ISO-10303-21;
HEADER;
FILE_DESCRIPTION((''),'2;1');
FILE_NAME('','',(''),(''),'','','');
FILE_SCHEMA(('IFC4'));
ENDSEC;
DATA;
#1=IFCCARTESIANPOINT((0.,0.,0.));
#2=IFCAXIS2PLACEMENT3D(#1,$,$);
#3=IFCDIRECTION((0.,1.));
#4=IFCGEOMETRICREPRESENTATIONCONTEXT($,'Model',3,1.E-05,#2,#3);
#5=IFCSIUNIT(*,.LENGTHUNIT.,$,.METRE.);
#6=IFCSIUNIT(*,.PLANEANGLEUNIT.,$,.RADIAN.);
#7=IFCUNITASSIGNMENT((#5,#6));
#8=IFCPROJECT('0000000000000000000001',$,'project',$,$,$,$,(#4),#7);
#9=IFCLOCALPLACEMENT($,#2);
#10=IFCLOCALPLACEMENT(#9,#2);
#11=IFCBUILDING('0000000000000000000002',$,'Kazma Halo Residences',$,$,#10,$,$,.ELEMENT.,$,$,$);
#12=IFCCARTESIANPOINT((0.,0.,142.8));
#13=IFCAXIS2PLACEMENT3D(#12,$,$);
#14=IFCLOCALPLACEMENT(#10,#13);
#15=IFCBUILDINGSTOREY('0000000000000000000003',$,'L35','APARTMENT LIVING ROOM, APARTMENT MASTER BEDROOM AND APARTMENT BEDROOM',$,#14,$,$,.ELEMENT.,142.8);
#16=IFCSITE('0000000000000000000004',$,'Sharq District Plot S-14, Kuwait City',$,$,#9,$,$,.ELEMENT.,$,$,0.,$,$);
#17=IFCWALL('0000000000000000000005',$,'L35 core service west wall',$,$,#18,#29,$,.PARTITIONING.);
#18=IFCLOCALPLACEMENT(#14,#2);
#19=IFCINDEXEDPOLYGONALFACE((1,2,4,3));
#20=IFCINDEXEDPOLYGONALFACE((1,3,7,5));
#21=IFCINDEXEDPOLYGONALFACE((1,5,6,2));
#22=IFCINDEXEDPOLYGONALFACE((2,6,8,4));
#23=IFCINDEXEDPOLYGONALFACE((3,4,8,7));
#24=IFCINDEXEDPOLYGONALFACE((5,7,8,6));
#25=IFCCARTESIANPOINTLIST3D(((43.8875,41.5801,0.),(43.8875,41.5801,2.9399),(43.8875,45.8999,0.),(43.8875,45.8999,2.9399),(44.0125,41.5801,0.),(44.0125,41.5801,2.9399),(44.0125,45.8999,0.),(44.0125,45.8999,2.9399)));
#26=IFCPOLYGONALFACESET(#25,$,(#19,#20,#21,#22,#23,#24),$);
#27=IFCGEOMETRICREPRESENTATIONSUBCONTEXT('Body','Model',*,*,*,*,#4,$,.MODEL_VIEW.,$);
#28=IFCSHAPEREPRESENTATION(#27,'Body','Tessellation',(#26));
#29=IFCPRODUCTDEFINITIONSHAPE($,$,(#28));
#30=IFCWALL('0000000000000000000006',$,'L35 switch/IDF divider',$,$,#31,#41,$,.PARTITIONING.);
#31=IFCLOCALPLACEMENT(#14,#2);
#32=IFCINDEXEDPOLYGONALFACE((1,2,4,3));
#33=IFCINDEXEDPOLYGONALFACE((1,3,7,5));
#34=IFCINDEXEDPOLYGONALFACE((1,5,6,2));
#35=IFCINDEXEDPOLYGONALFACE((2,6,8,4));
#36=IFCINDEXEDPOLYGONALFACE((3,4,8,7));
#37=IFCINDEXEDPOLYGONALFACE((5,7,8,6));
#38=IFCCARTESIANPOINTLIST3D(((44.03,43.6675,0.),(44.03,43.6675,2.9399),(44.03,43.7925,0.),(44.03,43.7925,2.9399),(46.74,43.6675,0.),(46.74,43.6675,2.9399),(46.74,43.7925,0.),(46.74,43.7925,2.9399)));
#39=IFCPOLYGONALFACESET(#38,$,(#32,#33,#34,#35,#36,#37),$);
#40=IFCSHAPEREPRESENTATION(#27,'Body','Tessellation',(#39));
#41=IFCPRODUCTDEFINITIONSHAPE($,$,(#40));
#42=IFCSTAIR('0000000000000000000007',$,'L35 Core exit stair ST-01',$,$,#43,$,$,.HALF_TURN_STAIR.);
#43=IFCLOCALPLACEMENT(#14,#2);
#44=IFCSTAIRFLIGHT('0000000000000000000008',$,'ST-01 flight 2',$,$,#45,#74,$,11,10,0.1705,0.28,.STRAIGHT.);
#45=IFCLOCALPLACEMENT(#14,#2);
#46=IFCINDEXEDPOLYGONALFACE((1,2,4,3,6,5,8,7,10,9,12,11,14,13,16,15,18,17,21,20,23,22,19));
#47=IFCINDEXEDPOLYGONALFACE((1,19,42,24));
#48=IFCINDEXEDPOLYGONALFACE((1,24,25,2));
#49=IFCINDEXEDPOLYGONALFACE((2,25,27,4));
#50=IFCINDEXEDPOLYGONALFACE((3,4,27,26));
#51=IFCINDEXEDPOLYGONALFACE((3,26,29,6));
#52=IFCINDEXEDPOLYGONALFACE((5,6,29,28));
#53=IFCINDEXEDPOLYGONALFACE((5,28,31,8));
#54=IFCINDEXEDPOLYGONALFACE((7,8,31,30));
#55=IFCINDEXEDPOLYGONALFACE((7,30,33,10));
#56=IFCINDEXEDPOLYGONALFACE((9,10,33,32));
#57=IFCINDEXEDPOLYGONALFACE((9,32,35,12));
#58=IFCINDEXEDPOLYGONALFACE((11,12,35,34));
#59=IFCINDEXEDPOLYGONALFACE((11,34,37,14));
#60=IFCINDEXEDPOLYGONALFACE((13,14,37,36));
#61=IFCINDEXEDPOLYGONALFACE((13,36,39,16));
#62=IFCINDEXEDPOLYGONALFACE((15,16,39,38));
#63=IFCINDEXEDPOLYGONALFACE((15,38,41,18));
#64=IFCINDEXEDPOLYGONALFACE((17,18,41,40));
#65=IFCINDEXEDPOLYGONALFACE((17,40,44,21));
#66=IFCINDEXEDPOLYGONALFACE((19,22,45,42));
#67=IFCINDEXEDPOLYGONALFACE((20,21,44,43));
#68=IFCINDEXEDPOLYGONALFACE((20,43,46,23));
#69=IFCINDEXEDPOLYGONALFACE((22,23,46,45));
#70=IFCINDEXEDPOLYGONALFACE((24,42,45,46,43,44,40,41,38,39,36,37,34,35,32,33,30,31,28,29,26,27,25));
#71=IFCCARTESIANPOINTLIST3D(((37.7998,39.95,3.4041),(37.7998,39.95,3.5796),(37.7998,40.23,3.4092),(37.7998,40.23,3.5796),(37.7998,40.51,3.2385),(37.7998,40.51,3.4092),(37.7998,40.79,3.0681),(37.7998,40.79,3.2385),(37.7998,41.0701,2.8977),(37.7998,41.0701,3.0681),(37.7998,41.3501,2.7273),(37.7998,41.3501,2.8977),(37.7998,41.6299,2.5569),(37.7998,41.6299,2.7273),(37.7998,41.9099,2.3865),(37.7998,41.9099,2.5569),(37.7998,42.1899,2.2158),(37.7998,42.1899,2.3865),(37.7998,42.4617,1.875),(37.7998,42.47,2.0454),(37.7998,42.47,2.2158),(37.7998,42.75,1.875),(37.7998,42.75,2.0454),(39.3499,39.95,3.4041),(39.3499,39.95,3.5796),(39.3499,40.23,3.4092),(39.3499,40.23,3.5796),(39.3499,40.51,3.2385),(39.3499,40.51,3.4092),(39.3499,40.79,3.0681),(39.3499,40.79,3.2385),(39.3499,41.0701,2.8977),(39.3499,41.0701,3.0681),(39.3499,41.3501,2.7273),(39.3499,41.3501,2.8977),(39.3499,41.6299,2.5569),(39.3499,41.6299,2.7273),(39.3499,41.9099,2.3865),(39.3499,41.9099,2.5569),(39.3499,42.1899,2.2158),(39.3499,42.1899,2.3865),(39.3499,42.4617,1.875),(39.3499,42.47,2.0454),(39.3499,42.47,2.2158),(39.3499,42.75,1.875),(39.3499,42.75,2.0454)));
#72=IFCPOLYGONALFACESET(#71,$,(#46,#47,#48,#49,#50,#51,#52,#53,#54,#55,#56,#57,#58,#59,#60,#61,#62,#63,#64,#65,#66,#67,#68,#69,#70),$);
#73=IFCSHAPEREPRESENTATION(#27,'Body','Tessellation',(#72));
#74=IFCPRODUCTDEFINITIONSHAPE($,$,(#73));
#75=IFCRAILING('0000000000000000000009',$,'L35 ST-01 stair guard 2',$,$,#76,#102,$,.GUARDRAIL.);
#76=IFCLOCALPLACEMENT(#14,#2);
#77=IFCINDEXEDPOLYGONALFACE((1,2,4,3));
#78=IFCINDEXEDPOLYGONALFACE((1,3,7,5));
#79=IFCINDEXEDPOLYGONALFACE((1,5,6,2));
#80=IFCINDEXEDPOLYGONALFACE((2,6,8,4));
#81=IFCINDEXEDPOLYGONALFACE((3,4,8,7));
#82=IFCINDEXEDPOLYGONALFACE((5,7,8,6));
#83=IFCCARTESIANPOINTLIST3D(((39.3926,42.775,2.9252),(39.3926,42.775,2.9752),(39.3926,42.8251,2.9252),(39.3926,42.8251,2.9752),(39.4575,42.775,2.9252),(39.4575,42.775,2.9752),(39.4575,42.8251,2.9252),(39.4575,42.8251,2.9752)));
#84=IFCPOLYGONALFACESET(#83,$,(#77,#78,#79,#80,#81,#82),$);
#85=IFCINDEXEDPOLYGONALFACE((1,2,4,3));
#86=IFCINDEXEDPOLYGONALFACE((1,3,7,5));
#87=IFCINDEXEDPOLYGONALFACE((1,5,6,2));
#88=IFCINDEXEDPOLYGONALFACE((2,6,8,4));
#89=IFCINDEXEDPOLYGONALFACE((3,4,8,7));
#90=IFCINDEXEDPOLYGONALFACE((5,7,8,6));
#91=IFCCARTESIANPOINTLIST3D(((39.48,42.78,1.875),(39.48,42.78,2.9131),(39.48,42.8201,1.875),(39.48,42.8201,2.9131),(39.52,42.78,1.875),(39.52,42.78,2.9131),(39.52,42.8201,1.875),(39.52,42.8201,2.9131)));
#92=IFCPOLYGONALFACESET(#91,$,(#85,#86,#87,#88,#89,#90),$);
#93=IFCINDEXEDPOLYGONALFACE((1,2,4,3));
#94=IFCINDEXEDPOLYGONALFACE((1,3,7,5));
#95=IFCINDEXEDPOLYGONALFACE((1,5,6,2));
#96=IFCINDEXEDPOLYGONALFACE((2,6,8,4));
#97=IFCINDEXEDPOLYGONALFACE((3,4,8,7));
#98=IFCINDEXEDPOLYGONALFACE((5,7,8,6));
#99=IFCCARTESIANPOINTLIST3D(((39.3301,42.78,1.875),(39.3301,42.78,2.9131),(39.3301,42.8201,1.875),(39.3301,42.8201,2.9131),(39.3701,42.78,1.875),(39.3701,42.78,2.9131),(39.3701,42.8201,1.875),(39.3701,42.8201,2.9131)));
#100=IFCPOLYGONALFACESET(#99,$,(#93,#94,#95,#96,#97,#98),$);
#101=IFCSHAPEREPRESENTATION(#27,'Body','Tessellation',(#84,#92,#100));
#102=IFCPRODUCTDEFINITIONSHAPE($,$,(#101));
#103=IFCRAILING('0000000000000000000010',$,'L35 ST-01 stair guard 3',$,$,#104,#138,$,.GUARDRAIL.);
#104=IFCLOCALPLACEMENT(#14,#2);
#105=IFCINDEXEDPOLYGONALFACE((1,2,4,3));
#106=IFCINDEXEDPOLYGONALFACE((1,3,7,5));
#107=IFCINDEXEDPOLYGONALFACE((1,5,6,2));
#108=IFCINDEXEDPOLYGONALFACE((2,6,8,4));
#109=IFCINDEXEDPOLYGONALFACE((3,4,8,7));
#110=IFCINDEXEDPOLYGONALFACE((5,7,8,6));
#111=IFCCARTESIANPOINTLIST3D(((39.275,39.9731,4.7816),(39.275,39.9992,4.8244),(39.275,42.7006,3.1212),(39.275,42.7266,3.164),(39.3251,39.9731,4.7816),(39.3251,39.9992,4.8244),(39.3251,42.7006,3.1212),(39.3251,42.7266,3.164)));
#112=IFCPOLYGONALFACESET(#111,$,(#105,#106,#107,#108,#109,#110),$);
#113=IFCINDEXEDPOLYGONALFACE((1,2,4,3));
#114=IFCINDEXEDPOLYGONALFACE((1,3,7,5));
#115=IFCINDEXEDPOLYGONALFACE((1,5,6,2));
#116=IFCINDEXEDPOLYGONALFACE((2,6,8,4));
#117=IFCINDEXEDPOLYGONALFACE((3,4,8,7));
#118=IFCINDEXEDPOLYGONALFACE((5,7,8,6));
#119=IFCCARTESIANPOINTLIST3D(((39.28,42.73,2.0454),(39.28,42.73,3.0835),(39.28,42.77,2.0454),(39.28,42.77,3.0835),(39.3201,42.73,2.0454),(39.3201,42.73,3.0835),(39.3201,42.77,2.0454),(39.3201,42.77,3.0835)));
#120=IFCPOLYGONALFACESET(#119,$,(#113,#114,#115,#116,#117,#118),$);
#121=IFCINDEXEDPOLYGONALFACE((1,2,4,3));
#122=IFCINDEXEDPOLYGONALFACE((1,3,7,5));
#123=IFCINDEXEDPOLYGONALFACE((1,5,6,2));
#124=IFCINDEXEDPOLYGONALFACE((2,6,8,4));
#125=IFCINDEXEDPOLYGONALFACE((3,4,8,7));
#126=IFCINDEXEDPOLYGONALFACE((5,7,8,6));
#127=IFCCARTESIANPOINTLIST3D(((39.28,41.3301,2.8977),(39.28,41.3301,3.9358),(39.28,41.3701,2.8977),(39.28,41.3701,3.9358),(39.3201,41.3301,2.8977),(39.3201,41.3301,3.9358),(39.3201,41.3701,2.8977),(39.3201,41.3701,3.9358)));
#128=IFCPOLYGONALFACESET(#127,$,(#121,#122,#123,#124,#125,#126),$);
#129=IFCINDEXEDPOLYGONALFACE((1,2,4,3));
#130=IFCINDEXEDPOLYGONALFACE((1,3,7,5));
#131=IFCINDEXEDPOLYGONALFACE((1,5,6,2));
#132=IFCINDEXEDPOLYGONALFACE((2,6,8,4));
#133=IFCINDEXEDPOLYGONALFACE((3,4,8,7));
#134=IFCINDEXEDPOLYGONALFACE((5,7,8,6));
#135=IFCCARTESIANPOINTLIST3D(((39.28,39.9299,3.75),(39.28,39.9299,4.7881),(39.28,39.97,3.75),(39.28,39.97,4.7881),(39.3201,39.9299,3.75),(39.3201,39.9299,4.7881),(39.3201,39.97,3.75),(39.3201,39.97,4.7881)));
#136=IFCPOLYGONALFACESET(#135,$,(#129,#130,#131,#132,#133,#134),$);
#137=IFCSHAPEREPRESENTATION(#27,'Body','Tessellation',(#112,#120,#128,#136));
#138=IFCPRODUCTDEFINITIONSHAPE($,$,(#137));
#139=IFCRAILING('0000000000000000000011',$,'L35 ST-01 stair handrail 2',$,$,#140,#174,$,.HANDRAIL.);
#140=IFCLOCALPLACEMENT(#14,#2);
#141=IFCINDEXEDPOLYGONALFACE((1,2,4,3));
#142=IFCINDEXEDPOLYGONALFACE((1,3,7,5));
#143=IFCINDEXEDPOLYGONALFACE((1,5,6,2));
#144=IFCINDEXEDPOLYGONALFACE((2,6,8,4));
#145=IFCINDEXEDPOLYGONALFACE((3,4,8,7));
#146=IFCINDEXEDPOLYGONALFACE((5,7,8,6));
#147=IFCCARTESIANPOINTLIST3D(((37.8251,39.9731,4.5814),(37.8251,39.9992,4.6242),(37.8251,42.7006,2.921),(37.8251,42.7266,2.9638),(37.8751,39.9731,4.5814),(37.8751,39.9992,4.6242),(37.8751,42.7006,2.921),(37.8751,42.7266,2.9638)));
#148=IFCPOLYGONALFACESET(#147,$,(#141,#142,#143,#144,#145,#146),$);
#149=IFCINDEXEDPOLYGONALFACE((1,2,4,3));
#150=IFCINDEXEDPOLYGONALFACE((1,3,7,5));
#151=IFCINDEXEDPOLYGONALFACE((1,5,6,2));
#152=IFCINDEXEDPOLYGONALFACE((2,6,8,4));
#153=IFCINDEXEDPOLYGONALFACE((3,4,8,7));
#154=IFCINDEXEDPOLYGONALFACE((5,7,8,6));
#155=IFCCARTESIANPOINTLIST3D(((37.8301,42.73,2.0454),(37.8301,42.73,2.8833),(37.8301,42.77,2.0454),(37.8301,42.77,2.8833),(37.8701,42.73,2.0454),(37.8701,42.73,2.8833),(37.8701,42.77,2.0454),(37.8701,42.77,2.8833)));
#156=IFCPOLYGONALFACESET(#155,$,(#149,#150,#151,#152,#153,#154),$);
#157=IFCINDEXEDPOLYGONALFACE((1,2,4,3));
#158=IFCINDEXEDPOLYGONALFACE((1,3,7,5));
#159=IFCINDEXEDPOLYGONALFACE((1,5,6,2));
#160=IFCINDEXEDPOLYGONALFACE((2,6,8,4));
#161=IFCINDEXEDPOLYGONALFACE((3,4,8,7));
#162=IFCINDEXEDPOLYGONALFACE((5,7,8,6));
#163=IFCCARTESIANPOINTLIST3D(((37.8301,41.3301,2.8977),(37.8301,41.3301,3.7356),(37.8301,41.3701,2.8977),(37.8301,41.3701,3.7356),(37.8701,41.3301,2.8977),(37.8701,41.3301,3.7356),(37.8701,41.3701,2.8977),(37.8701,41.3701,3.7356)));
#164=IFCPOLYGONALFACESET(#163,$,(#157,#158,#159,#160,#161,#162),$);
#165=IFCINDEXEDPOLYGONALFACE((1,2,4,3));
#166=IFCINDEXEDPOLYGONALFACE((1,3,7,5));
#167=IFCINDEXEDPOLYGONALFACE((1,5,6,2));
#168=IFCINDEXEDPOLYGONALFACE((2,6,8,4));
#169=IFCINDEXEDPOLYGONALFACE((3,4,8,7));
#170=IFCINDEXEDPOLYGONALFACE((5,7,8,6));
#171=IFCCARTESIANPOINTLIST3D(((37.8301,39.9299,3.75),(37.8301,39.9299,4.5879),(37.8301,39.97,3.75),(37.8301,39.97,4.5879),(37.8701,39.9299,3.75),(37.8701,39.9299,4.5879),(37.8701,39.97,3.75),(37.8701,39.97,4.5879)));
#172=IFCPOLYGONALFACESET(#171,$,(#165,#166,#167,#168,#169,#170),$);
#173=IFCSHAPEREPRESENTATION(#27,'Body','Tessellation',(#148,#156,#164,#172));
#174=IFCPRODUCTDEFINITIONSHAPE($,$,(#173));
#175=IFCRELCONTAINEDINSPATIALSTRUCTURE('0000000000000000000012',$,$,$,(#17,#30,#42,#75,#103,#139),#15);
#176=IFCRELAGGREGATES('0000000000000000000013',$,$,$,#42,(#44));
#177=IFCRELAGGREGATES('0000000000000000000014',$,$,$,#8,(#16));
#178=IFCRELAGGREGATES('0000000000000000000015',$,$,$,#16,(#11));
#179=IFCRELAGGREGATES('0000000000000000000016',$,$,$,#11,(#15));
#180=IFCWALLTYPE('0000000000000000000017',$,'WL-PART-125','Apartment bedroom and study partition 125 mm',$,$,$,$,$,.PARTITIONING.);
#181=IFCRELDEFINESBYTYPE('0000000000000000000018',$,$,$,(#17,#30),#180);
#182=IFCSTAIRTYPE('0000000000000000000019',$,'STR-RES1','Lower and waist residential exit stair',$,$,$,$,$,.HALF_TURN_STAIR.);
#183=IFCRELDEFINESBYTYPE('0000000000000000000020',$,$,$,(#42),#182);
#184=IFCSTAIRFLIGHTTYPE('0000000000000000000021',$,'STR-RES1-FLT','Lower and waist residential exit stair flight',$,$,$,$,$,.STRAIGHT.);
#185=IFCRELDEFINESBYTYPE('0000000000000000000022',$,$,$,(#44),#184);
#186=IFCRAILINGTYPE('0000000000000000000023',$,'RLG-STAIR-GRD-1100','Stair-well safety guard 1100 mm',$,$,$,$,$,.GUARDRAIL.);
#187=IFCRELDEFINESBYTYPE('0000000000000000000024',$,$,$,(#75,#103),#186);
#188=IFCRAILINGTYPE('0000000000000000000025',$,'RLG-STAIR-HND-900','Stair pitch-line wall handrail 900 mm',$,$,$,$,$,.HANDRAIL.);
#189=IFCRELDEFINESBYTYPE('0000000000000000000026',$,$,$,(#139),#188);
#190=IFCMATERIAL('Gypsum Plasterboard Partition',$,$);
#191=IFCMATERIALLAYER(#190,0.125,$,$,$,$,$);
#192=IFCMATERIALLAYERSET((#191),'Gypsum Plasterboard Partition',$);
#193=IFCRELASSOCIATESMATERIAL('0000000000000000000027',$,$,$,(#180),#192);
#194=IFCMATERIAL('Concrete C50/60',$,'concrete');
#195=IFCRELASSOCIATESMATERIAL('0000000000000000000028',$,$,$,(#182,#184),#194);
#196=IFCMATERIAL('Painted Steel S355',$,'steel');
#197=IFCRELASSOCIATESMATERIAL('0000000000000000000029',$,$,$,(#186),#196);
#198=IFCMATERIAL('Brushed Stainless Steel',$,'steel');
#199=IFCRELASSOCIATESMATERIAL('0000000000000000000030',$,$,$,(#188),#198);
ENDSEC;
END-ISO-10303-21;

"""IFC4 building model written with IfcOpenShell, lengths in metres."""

from ifc_helpers import new_model, si_unit, direction, frame, frame_2d, origin, origin_2d, place, context, subcontext, project, spatial, polyline, rectangle, outline, extrude, material, layer, layer_set, type_object, element, aggregate, save


model = new_model("IFC4")

# Units and contexts
model_context = context("Model", 3, precision=1e-05, world=origin(), true_north=direction((0.0, 1.0)))
body_context = subcontext(model_context, "Body", "Model", "MODEL_VIEW")
ifc_project = project(units=[si_unit("LENGTHUNIT", "METRE"), si_unit("PLANEANGLEUNIT", "RADIAN")], contexts=[model_context])

# Site, building, storey
site_placement = place(None, origin())
site = spatial("IfcSite", under=ifc_project, at=site_placement, Name="Sharq District Plot S-14, Kuwait City", CompositionType="ELEMENT", RefElevation=0.0)
building_placement = place(site_placement, origin())
building = spatial("IfcBuilding", under=site, at=building_placement, Name="Kazma Halo Residences", CompositionType="ELEMENT")
storey_placement = place(building_placement, frame((0.0, 0.0, 142.8)))
storey = spatial("IfcBuildingStorey", under=building, at=storey_placement, Name="L35", Description="APARTMENT LIVING ROOM, APARTMENT MASTER BEDROOM AND APARTMENT BEDROOM", CompositionType="ELEMENT", Elevation=142.8)

# Walls
ifc_material_1 = material(Name="Gypsum Plasterboard Partition")
ifc_layer_1 = layer(ifc_material_1, 0.125)
ifc_layer_set_1 = layer_set([ifc_layer_1], Name="Gypsum Plasterboard Partition")
wall_type_1 = type_object("IfcWallType", Name="WL-PART-125", Description="Apartment bedroom and study partition 125 mm", PredefinedType="PARTITIONING", material=ifc_layer_set_1)
wall_1_placement = place(storey_placement, frame((43.95, 41.5801, 0.0), z_axis=(0.0, 0.0, 1.0), x_axis=(0.0, 1.0, 0.0)))
element("IfcWall", 1, at=wall_1_placement, inside=storey, type_object=wall_type_1, Name="L35 core service west wall", PredefinedType="PARTITIONING", context=body_context, shape_type="SweptSolid", body=[
    extrude(rectangle(XDim=4.3198, YDim=0.125, at=frame_2d((2.1599, 0.0))), origin(), (0.0, 0.0, 1.0), 2.9399),
])
wall_2_placement = place(storey_placement, frame((44.03, 43.73, 0.0), z_axis=(0.0, 0.0, 1.0), x_axis=(1.0, 0.0, 0.0)))
element("IfcWall", 2, at=wall_2_placement, inside=storey, type_object=wall_type_1, Name="L35 switch/IDF divider", PredefinedType="PARTITIONING", context=body_context, shape_type="SweptSolid", body=[
    extrude(rectangle(XDim=2.71, YDim=0.125, at=frame_2d((1.355, 0.0))), origin(), (0.0, 0.0, 1.0), 2.9399),
])

# Stair, stair flight
ifc_material_2 = material(Name="Concrete C50/60", Category="concrete")
stair_type = type_object("IfcStairType", Name="STR-RES1", Description="Lower and waist residential exit stair", PredefinedType="HALF_TURN_STAIR", material=ifc_material_2)
stair_placement = place(storey_placement, origin())
stair = element("IfcStair", 3, at=stair_placement, inside=storey, type_object=stair_type, Name="L35 Core exit stair ST-01", PredefinedType="HALF_TURN_STAIR")
stair_flight_type = type_object("IfcStairFlightType", Name="STR-RES1-FLT", Description="Lower and waist residential exit stair flight", PredefinedType="STRAIGHT", material=ifc_material_2)
stair_flight_placement = place(storey_placement, frame((38.575, 42.75, 1.875), z_axis=(0.0, 0.0, 1.0), x_axis=(0.0, -1.0, 0.0)))
stair_flight = element("IfcStairFlight", 4, at=stair_flight_placement, type_object=stair_flight_type, Name="ST-01 flight 2", NumberOfRisers=11, NumberOfTreads=10, PredefinedType="STRAIGHT", RiserHeight=0.1705, TreadLength=0.28, context=body_context, shape_type="SweptSolid", body=[
    extrude(outline(polyline([(0.0, 0.0), (0.0, 0.1704), (0.28, 0.1704), (0.28, 0.3408), (0.5601, 0.3408), (0.5601, 0.5115), (0.8401, 0.5115), (0.8401, 0.6819), (1.1201, 0.6819), (1.1201, 0.8523), (1.3999, 0.8523), (1.3999, 1.0227), (1.6799, 1.0227), (1.6799, 1.1931), (1.96, 1.1931), (1.96, 1.3635), (2.24, 1.3635), (2.24, 1.5342), (2.52, 1.5342), (2.52, 1.7046), (2.8, 1.7046), (2.8, 1.875), (2.8, 1.5291), (0.2883, 0.0), (0.0, 0.0)])), frame((0.0, 0.7749, 0.0), z_axis=(0.0, -1.0, 0.0), x_axis=(1.0, 0.0, 0.0)), (0.0, 0.0, 1.0), 1.55),
])
aggregate(stair, [stair_flight])

# Railings
ifc_material_3 = material(Name="Painted Steel S355", Category="steel")
railing_type_1 = type_object("IfcRailingType", Name="RLG-STAIR-GRD-1100", Description="Stair-well safety guard 1100 mm", PredefinedType="GUARDRAIL", material=ifc_material_3)
railing_1_placement = place(storey_placement, frame((39.5, 42.8, 1.875)))
element("IfcRailing", 5, at=railing_1_placement, inside=storey, type_object=railing_type_1, Name="L35 ST-01 stair guard 2", PredefinedType="GUARDRAIL", context=body_context, shape_type="SweptSolid", body=[
    extrude(rectangle(XDim=0.05, YDim=0.05, at=origin_2d()), frame((-0.0425, 0.0, 1.0752), z_axis=(-1.0, 0.0, 0.0), x_axis=(0.0, -1.0, 0.0)), (0.0, 0.0, 1.0), 0.0649),
    extrude(rectangle(XDim=0.04, YDim=0.04, at=origin_2d()), origin(), (0.0, 0.0, 1.0), 1.0381),
    extrude(rectangle(XDim=0.04, YDim=0.04, at=origin_2d()), frame((-0.1499, 0.0, 0.0)), (0.0, 0.0, 1.0), 1.0381),
])
railing_2_placement = place(storey_placement, frame((39.3, 42.75, 2.0454)))
element("IfcRailing", 6, at=railing_2_placement, inside=storey, type_object=railing_type_1, Name="L35 ST-01 stair guard 3", PredefinedType="GUARDRAIL", context=body_context, shape_type="SweptSolid", body=[
    extrude(rectangle(XDim=0.05, YDim=0.05, at=origin_2d()), frame((0.0, -0.0364, 1.0972), z_axis=(0.0, -0.85417, 0.519994), x_axis=(1.0, 0.0, 0.0)), (0.0, 0.0, 1.0), 3.1931),
    extrude(rectangle(XDim=0.04, YDim=0.04, at=origin_2d()), origin(), (0.0, 0.0, 1.0), 1.0381),
    extrude(rectangle(XDim=0.04, YDim=0.04, at=origin_2d()), frame((0.0, -1.3999, 0.8523)), (0.0, 0.0, 1.0), 1.0381),
    extrude(rectangle(XDim=0.04, YDim=0.04, at=origin_2d()), frame((0.0, -2.8, 1.7046)), (0.0, 0.0, 1.0), 1.0381),
])
ifc_material_4 = material(Name="Brushed Stainless Steel", Category="steel")
railing_type_2 = type_object("IfcRailingType", Name="RLG-STAIR-HND-900", Description="Stair pitch-line wall handrail 900 mm", PredefinedType="HANDRAIL", material=ifc_material_4)
railing_3_placement = place(storey_placement, frame((37.8501, 42.75, 2.0454)))
element("IfcRailing", 7, at=railing_3_placement, inside=storey, type_object=railing_type_2, Name="L35 ST-01 stair handrail 2", PredefinedType="HANDRAIL", context=body_context, shape_type="SweptSolid", body=[
    extrude(rectangle(XDim=0.05, YDim=0.05, at=origin_2d()), frame((0.0, -0.0364, 0.897), z_axis=(0.0, -0.85417, 0.519994), x_axis=(1.0, 0.0, 0.0)), (0.0, 0.0, 1.0), 3.1931),
    extrude(rectangle(XDim=0.04, YDim=0.04, at=origin_2d()), origin(), (0.0, 0.0, 1.0), 0.8379),
    extrude(rectangle(XDim=0.04, YDim=0.04, at=origin_2d()), frame((0.0, -1.3999, 0.8523)), (0.0, 0.0, 1.0), 0.8379),
    extrude(rectangle(XDim=0.04, YDim=0.04, at=origin_2d()), frame((0.0, -2.8, 1.7046)), (0.0, 0.0, 1.0), 0.8379),
])

save(model, "model.ifc")
